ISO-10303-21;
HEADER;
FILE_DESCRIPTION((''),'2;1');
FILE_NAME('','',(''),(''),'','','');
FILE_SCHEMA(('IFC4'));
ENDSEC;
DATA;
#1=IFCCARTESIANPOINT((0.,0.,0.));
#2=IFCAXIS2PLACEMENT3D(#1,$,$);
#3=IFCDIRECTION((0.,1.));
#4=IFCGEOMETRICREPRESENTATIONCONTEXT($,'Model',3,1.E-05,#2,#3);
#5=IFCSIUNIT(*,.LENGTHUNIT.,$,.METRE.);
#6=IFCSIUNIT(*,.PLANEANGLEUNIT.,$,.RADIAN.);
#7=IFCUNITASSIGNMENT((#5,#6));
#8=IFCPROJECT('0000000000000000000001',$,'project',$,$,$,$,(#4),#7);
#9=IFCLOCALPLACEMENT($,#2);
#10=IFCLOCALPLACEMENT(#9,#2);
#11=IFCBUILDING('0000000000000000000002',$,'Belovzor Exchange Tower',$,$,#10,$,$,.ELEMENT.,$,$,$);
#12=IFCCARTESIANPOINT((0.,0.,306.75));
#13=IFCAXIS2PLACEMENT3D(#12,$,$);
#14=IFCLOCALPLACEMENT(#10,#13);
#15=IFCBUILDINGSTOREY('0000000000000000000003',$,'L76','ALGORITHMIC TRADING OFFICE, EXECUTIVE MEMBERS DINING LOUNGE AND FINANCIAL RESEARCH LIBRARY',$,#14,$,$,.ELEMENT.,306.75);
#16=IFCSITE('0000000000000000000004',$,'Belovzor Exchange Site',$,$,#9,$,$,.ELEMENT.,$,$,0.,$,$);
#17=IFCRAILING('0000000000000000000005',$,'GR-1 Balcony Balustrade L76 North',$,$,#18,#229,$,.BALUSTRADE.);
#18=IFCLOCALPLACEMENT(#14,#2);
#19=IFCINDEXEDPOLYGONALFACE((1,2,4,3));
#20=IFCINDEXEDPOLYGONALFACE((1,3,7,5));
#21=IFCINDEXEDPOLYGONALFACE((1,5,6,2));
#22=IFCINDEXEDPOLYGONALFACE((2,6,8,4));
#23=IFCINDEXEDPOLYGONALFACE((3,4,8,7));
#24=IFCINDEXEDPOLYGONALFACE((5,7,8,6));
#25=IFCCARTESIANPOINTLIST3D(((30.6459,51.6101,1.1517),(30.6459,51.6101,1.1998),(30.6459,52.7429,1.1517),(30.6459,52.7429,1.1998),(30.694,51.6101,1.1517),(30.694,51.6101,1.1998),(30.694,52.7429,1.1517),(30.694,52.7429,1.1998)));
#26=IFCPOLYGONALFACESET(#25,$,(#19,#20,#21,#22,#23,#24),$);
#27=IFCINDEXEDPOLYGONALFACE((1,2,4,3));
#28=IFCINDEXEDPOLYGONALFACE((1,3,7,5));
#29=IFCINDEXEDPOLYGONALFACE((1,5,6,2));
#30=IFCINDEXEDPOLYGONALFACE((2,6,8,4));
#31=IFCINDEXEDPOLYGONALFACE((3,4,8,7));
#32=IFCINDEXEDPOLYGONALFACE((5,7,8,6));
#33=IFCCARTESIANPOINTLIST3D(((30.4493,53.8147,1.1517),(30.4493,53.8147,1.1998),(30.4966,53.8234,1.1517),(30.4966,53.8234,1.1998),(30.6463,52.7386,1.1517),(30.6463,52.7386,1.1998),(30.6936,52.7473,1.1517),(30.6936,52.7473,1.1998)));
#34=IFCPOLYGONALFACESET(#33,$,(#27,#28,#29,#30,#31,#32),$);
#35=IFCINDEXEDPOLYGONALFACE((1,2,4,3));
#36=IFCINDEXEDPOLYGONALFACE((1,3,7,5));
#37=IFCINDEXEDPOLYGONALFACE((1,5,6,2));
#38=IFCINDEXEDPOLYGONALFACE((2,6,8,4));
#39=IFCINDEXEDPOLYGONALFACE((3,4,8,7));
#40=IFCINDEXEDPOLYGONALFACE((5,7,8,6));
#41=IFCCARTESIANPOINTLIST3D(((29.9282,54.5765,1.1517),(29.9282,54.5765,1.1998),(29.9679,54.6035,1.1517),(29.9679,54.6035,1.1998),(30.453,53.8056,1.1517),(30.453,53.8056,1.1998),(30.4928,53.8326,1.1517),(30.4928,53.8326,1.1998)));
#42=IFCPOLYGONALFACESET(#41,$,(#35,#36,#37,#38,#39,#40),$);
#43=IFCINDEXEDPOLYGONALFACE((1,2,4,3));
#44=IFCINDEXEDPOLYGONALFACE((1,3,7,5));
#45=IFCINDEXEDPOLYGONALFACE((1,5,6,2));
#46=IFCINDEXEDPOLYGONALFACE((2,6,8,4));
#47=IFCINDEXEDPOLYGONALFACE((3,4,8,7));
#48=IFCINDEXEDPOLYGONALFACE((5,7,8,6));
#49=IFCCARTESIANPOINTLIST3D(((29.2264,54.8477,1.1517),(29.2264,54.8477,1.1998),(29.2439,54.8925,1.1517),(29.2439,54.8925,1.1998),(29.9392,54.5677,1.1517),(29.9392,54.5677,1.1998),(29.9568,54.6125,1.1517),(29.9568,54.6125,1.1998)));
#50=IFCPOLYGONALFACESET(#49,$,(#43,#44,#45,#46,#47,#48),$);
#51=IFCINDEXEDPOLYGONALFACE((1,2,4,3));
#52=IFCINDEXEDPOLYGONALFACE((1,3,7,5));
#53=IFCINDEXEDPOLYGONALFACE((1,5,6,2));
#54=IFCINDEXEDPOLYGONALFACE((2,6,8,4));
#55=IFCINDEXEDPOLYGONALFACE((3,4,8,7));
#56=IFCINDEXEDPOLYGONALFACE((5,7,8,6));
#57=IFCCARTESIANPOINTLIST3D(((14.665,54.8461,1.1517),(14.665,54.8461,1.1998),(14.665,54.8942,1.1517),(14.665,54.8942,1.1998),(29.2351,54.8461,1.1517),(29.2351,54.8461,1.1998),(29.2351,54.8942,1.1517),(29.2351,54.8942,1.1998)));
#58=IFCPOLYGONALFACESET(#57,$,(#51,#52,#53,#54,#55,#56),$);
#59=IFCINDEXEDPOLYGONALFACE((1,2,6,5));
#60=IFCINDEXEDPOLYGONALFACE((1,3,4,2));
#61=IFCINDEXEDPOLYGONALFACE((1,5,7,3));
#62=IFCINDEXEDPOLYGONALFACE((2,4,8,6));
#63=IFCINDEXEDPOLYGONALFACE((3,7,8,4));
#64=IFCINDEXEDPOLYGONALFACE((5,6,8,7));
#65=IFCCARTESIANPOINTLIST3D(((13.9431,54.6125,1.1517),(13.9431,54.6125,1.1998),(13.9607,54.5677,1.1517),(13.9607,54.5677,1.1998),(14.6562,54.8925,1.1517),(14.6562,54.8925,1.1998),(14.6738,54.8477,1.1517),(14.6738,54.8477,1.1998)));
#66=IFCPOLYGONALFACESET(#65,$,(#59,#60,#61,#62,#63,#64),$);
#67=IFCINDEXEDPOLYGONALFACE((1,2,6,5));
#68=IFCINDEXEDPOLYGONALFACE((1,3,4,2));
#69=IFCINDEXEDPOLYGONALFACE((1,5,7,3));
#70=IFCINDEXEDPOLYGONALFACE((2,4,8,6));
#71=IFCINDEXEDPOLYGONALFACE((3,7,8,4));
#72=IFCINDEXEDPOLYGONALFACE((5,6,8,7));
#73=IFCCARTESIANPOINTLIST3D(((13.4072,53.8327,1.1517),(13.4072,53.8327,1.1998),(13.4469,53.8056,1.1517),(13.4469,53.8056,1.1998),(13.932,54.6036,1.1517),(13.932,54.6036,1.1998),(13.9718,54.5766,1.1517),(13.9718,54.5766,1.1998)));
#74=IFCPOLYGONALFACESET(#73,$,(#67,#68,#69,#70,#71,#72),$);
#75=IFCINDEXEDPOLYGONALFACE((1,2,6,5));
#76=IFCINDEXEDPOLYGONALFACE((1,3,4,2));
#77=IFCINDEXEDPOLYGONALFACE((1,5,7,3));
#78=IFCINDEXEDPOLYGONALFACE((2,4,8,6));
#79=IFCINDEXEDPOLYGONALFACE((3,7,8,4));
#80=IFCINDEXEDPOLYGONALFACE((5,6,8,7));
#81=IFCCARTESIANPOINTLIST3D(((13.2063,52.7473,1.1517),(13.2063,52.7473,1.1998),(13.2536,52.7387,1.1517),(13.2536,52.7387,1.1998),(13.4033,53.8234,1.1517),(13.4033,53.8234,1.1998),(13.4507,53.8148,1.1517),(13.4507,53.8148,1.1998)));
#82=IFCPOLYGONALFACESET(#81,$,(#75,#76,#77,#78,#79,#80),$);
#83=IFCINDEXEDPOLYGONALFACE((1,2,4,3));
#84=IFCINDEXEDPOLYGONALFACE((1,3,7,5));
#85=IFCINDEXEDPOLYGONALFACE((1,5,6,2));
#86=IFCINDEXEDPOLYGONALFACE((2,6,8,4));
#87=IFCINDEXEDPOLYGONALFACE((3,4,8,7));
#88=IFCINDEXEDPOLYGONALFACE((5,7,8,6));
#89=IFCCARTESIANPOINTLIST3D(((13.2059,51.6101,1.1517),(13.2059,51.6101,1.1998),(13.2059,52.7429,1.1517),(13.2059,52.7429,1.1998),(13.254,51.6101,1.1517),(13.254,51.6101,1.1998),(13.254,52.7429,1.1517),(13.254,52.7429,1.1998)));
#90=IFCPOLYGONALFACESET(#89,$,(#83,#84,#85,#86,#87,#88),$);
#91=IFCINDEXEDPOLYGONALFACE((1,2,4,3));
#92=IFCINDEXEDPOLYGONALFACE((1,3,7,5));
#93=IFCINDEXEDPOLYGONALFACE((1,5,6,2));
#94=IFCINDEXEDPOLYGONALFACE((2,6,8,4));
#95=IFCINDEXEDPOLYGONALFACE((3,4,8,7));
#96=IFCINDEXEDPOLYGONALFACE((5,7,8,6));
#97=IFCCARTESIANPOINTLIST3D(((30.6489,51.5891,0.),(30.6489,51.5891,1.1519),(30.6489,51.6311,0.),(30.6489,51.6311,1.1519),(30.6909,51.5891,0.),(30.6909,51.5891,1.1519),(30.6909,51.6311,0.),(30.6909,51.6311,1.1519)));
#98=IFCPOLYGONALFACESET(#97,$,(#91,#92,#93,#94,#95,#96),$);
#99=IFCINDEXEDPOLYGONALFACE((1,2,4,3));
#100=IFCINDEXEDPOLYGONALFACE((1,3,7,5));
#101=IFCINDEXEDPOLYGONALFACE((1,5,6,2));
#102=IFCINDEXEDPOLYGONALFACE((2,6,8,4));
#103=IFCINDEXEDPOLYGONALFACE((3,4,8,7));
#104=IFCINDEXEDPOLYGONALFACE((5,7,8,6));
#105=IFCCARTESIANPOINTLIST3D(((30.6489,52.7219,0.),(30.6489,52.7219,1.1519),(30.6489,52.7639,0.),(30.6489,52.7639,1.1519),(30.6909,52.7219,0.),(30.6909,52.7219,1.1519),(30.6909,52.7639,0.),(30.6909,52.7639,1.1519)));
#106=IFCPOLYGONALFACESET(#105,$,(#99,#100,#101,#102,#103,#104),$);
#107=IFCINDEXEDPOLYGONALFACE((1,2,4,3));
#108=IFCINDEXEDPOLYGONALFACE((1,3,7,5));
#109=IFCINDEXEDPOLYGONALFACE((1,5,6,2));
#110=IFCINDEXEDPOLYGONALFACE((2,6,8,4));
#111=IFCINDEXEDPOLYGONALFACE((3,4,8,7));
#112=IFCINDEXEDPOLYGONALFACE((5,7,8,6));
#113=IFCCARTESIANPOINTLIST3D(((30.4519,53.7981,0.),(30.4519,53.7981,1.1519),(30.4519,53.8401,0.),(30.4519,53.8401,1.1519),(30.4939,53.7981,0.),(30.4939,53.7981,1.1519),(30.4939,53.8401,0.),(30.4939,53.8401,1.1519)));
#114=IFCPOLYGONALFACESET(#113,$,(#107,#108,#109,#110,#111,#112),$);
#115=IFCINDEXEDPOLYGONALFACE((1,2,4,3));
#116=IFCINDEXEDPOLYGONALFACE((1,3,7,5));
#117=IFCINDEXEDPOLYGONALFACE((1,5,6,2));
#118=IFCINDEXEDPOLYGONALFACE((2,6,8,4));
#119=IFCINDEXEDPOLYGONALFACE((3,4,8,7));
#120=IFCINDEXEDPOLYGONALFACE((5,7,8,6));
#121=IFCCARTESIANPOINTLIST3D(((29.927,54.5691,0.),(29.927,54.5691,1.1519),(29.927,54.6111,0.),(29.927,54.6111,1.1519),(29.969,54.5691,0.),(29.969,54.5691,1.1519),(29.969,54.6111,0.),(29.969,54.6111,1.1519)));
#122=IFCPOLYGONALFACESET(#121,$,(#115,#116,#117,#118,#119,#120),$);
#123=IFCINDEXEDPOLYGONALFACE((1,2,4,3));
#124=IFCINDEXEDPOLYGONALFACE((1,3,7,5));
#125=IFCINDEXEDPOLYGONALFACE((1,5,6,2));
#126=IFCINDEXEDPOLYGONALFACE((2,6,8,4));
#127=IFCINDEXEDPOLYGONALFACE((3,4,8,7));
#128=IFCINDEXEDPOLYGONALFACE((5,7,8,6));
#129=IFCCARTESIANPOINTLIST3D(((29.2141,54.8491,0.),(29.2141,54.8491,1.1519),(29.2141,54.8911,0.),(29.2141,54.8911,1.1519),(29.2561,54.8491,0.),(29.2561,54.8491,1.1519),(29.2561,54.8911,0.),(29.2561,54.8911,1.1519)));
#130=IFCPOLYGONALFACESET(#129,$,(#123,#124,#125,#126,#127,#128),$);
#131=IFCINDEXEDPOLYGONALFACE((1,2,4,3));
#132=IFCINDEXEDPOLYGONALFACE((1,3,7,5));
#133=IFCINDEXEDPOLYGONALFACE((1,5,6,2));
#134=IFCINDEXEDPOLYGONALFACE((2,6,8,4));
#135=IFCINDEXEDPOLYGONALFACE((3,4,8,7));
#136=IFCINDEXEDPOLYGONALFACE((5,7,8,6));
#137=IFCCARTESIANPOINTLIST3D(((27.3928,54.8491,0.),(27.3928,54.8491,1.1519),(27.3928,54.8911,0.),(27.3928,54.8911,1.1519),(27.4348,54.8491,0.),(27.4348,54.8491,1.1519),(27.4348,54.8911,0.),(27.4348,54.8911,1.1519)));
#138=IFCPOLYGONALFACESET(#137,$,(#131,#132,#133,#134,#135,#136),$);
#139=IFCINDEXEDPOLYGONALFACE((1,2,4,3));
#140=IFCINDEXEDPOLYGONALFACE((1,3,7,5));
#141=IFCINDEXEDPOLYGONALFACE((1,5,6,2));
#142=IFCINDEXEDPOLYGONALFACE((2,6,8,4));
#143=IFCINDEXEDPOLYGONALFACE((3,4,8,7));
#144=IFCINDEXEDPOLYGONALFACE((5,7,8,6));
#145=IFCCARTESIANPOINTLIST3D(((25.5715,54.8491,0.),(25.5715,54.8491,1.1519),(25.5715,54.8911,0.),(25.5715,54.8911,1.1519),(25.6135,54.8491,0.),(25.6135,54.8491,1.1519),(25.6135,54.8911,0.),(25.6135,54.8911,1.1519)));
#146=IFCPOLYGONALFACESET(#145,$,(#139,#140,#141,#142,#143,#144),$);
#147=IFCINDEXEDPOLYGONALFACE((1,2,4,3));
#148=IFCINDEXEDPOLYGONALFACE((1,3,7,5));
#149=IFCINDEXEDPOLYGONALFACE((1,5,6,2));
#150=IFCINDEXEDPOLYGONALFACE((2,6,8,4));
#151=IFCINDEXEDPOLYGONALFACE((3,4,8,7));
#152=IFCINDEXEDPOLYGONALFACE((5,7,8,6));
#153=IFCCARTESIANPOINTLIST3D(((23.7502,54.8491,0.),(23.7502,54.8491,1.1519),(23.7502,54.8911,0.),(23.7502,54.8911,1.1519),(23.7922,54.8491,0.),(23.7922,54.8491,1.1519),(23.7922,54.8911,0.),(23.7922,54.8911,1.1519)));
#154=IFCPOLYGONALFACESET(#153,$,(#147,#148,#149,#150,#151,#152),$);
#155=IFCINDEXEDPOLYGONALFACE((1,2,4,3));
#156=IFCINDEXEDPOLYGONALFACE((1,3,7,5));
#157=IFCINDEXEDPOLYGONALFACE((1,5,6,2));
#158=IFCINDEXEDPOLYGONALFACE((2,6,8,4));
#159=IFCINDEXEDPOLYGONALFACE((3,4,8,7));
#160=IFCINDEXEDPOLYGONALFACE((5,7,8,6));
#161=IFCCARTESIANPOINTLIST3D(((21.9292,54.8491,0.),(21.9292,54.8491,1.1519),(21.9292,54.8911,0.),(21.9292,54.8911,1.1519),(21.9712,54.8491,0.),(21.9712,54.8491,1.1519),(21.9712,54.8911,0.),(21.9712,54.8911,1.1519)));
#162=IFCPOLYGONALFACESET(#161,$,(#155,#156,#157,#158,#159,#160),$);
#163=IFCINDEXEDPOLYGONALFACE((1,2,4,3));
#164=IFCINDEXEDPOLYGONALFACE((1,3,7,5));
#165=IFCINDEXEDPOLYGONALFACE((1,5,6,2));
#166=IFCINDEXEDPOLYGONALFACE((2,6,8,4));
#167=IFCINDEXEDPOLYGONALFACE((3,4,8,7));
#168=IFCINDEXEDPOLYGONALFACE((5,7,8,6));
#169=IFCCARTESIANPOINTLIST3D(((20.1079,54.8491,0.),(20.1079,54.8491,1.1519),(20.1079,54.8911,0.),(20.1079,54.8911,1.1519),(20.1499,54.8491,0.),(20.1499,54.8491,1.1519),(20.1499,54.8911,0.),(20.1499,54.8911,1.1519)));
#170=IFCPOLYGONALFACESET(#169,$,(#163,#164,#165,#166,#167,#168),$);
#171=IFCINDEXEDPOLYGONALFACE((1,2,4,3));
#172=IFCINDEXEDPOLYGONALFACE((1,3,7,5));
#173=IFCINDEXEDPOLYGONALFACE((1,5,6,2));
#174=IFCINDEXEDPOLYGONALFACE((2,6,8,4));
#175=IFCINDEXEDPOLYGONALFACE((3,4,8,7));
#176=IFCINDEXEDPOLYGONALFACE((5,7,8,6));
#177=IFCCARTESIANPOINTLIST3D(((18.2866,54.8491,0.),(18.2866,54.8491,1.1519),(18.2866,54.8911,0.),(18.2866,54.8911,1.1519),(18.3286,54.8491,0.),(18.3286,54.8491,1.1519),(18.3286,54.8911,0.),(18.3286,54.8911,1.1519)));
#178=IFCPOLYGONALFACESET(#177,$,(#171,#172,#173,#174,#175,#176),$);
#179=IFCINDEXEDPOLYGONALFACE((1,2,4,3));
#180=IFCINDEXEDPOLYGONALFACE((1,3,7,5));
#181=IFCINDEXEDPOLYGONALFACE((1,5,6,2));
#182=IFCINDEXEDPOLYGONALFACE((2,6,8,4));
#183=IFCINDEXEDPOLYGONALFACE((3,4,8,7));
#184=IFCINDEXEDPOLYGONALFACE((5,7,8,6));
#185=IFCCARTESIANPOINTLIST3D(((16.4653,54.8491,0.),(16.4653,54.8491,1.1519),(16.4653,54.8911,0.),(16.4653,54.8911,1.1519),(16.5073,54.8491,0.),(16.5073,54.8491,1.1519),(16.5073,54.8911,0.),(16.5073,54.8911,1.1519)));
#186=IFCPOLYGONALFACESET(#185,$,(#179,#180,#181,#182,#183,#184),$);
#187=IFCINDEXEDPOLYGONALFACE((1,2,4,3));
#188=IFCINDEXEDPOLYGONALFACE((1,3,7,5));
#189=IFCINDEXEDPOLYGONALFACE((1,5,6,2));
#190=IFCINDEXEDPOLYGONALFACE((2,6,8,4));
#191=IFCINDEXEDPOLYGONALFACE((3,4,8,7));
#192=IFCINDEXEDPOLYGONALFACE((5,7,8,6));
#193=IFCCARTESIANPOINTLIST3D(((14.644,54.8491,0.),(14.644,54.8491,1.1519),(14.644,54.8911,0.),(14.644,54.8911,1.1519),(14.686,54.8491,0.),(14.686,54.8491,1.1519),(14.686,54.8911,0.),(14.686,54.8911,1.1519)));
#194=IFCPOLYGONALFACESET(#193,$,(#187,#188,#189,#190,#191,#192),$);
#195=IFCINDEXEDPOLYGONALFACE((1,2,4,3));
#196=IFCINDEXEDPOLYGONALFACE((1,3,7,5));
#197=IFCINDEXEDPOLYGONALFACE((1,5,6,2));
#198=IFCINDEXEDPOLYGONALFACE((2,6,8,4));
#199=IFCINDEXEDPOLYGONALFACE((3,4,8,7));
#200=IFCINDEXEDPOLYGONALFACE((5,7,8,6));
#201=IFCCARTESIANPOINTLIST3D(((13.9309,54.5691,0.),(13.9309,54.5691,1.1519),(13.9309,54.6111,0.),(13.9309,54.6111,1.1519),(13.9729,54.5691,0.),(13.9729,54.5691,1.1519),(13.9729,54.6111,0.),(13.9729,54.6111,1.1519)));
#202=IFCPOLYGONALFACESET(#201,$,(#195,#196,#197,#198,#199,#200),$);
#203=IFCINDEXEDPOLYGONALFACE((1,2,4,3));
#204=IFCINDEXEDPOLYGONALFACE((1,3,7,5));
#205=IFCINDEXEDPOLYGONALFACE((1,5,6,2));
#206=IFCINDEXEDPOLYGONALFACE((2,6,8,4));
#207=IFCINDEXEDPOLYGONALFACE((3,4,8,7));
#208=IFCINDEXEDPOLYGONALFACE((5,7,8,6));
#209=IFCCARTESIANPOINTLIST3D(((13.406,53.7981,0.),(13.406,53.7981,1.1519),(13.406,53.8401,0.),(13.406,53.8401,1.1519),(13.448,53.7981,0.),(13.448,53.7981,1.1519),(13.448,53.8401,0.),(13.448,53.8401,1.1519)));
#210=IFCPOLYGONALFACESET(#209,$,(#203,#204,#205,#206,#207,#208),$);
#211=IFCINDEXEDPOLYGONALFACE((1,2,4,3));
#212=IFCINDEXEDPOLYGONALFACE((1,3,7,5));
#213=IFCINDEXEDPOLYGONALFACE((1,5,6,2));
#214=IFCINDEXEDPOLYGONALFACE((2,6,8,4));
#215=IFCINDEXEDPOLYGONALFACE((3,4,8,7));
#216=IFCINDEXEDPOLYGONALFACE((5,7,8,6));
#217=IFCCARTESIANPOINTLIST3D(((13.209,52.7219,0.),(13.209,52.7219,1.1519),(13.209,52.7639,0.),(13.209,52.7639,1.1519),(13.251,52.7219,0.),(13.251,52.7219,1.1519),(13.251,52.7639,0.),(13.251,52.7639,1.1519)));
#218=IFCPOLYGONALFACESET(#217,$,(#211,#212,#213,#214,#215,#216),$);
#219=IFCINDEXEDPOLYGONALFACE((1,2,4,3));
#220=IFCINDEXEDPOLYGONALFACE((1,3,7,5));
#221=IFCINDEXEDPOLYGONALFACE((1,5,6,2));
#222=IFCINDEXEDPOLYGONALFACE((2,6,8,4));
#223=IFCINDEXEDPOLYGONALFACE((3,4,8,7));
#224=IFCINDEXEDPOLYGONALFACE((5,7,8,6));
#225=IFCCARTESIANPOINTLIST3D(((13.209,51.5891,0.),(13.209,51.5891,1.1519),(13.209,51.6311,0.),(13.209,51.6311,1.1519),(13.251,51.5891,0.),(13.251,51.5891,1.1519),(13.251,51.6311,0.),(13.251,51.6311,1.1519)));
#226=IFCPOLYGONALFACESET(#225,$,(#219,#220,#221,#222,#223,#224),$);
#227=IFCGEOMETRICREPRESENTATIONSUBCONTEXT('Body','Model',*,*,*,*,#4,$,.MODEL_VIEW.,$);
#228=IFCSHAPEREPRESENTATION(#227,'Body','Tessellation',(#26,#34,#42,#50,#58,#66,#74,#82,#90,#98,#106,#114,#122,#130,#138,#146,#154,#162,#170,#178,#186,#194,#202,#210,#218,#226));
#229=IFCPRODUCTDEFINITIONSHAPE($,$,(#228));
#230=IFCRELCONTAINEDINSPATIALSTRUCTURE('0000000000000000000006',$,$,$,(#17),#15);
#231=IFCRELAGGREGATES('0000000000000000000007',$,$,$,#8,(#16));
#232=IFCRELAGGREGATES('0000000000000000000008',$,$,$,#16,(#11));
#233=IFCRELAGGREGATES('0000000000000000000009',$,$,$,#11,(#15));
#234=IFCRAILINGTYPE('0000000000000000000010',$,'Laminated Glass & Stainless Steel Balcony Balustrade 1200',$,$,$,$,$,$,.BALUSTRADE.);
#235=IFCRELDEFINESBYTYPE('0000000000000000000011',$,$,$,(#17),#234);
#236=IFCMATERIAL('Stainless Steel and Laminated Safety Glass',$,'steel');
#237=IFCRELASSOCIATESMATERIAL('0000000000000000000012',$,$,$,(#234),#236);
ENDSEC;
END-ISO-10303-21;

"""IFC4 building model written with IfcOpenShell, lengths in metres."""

from ifc_helpers import new_model, si_unit, direction, frame, origin, origin_2d, place, context, subcontext, project, spatial, rectangle, extrude, material, type_object, element, save


model = new_model("IFC4")

# Units and contexts
model_context = context("Model", 3, precision=1e-05, world=origin(), true_north=direction((0.0, 1.0)))
body_context = subcontext(model_context, "Body", "Model", "MODEL_VIEW")
ifc_project = project(units=[si_unit("LENGTHUNIT", "METRE"), si_unit("PLANEANGLEUNIT", "RADIAN")], contexts=[model_context])

# Site, building, storey
site_placement = place(None, origin())
site = spatial("IfcSite", under=ifc_project, at=site_placement, Name="Belovzor Exchange Site", CompositionType="ELEMENT", RefElevation=0.0)
building_placement = place(site_placement, origin())
building = spatial("IfcBuilding", under=site, at=building_placement, Name="Belovzor Exchange Tower", CompositionType="ELEMENT")
storey_placement = place(building_placement, frame((0.0, 0.0, 306.75)))
storey = spatial("IfcBuildingStorey", under=building, at=storey_placement, Name="L76", Description="ALGORITHMIC TRADING OFFICE, EXECUTIVE MEMBERS DINING LOUNGE AND FINANCIAL RESEARCH LIBRARY", CompositionType="ELEMENT", Elevation=306.75)

# Railing
ifc_material_1 = material(Name="Stainless Steel and Laminated Safety Glass", Category="steel")
railing_type = type_object("IfcRailingType", Name="Laminated Glass & Stainless Steel Balcony Balustrade 1200", PredefinedType="BALUSTRADE", material=ifc_material_1)
railing_placement = place(storey_placement, frame((30.6699, 51.6101, 0.0)))
element("IfcRailing", 1, at=railing_placement, inside=storey, type_object=railing_type, Name="GR-1 Balcony Balustrade L76 North", PredefinedType="BALUSTRADE", context=body_context, shape_type="SweptSolid", body=[
    extrude(rectangle(XDim=0.0481, YDim=0.0481, at=origin_2d()), frame((0.0, 0.0, 1.1758), z_axis=(0.0, 1.0, 0.0), x_axis=(-1.0, 0.0, 0.0)), (0.0, 0.0, 1.0), 1.1328),
    extrude(rectangle(XDim=0.0481, YDim=0.0481, at=origin_2d()), frame((0.0, 1.1328, 1.1758), z_axis=(-0.180083, 0.983651, 0.0), x_axis=(-0.983651, -0.180083, 0.0)), (0.0, 0.0, 1.0), 1.094),
    extrude(rectangle(XDim=0.0481, YDim=0.0481, at=origin_2d()), frame((-0.197, 2.209, 1.1758), z_axis=(-0.562768, 0.826615, 0.0), x_axis=(-0.826615, -0.562768, 0.0)), (0.0, 0.0, 1.0), 0.9326),
    extrude(rectangle(XDim=0.0481, YDim=0.0481, at=origin_2d()), frame((-0.7219, 2.98, 1.1758), z_axis=(-0.930767, 0.365613, 0.0), x_axis=(-0.365613, -0.930767, 0.0)), (0.0, 0.0, 1.0), 0.7659),
    extrude(rectangle(XDim=0.0481, YDim=0.0481, at=origin_2d()), frame((-1.4348, 3.26, 1.1758), z_axis=(-1.0, 0.0, 0.0), x_axis=(0.0, -1.0, 0.0)), (0.0, 0.0, 1.0), 14.5701),
    extrude(rectangle(XDim=0.0481, YDim=0.0481, at=origin_2d()), frame((-16.0049, 3.26, 1.1758), z_axis=(-0.93081, -0.365504, 0.0), x_axis=(0.365504, -0.93081, 0.0)), (0.0, 0.0, 1.0), 0.7661),
    extrude(rectangle(XDim=0.0481, YDim=0.0481, at=origin_2d()), frame((-16.718, 2.98, 1.1758), z_axis=(-0.562768, -0.826615, 0.0), x_axis=(0.826615, -0.562768, 0.0)), (0.0, 0.0, 1.0), 0.9326),
    extrude(rectangle(XDim=0.0481, YDim=0.0481, at=origin_2d()), frame((-17.2429, 2.209, 1.1758), z_axis=(-0.180083, -0.983651, 0.0), x_axis=(0.983651, -0.180083, 0.0)), (0.0, 0.0, 1.0), 1.094),
    extrude(rectangle(XDim=0.0481, YDim=0.0481, at=origin_2d()), frame((-17.4399, 1.1328, 1.1758), z_axis=(0.0, -1.0, 0.0), x_axis=(1.0, 0.0, 0.0)), (0.0, 0.0, 1.0), 1.1328),
    extrude(rectangle(XDim=0.042, YDim=0.042, at=origin_2d()), origin(), (0.0, 0.0, 1.0), 1.1519),
    extrude(rectangle(XDim=0.042, YDim=0.042, at=origin_2d()), frame((0.0, 1.1328, 0.0)), (0.0, 0.0, 1.0), 1.1519),
    extrude(rectangle(XDim=0.042, YDim=0.042, at=origin_2d()), frame((-0.197, 2.209, 0.0)), (0.0, 0.0, 1.0), 1.1519),
    extrude(rectangle(XDim=0.042, YDim=0.042, at=origin_2d()), frame((-0.7219, 2.98, 0.0)), (0.0, 0.0, 1.0), 1.1519),
    extrude(rectangle(XDim=0.042, YDim=0.042, at=origin_2d()), frame((-1.4348, 3.26, 0.0)), (0.0, 0.0, 1.0), 1.1519),
    extrude(rectangle(XDim=0.042, YDim=0.042, at=origin_2d()), frame((-3.2561, 3.26, 0.0)), (0.0, 0.0, 1.0), 1.1519),
    extrude(rectangle(XDim=0.042, YDim=0.042, at=origin_2d()), frame((-5.0774, 3.26, 0.0)), (0.0, 0.0, 1.0), 1.1519),
    extrude(rectangle(XDim=0.042, YDim=0.042, at=origin_2d()), frame((-6.8987, 3.26, 0.0)), (0.0, 0.0, 1.0), 1.1519),
    extrude(rectangle(XDim=0.042, YDim=0.042, at=origin_2d()), frame((-8.7197, 3.26, 0.0)), (0.0, 0.0, 1.0), 1.1519),
    extrude(rectangle(XDim=0.042, YDim=0.042, at=origin_2d()), frame((-10.541, 3.26, 0.0)), (0.0, 0.0, 1.0), 1.1519),
    extrude(rectangle(XDim=0.042, YDim=0.042, at=origin_2d()), frame((-12.3623, 3.26, 0.0)), (0.0, 0.0, 1.0), 1.1519),
    extrude(rectangle(XDim=0.042, YDim=0.042, at=origin_2d()), frame((-14.1836, 3.26, 0.0)), (0.0, 0.0, 1.0), 1.1519),
    extrude(rectangle(XDim=0.042, YDim=0.042, at=origin_2d()), frame((-16.0049, 3.26, 0.0)), (0.0, 0.0, 1.0), 1.1519),
    extrude(rectangle(XDim=0.042, YDim=0.042, at=origin_2d()), frame((-16.718, 2.98, 0.0)), (0.0, 0.0, 1.0), 1.1519),
    extrude(rectangle(XDim=0.042, YDim=0.042, at=origin_2d()), frame((-17.2429, 2.209, 0.0)), (0.0, 0.0, 1.0), 1.1519),
    extrude(rectangle(XDim=0.042, YDim=0.042, at=origin_2d()), frame((-17.4399, 1.1328, 0.0)), (0.0, 0.0, 1.0), 1.1519),
    extrude(rectangle(XDim=0.042, YDim=0.042, at=origin_2d()), frame((-17.4399, 0.0, 0.0)), (0.0, 0.0, 1.0), 1.1519),
])

save(model, "model.ifc")
